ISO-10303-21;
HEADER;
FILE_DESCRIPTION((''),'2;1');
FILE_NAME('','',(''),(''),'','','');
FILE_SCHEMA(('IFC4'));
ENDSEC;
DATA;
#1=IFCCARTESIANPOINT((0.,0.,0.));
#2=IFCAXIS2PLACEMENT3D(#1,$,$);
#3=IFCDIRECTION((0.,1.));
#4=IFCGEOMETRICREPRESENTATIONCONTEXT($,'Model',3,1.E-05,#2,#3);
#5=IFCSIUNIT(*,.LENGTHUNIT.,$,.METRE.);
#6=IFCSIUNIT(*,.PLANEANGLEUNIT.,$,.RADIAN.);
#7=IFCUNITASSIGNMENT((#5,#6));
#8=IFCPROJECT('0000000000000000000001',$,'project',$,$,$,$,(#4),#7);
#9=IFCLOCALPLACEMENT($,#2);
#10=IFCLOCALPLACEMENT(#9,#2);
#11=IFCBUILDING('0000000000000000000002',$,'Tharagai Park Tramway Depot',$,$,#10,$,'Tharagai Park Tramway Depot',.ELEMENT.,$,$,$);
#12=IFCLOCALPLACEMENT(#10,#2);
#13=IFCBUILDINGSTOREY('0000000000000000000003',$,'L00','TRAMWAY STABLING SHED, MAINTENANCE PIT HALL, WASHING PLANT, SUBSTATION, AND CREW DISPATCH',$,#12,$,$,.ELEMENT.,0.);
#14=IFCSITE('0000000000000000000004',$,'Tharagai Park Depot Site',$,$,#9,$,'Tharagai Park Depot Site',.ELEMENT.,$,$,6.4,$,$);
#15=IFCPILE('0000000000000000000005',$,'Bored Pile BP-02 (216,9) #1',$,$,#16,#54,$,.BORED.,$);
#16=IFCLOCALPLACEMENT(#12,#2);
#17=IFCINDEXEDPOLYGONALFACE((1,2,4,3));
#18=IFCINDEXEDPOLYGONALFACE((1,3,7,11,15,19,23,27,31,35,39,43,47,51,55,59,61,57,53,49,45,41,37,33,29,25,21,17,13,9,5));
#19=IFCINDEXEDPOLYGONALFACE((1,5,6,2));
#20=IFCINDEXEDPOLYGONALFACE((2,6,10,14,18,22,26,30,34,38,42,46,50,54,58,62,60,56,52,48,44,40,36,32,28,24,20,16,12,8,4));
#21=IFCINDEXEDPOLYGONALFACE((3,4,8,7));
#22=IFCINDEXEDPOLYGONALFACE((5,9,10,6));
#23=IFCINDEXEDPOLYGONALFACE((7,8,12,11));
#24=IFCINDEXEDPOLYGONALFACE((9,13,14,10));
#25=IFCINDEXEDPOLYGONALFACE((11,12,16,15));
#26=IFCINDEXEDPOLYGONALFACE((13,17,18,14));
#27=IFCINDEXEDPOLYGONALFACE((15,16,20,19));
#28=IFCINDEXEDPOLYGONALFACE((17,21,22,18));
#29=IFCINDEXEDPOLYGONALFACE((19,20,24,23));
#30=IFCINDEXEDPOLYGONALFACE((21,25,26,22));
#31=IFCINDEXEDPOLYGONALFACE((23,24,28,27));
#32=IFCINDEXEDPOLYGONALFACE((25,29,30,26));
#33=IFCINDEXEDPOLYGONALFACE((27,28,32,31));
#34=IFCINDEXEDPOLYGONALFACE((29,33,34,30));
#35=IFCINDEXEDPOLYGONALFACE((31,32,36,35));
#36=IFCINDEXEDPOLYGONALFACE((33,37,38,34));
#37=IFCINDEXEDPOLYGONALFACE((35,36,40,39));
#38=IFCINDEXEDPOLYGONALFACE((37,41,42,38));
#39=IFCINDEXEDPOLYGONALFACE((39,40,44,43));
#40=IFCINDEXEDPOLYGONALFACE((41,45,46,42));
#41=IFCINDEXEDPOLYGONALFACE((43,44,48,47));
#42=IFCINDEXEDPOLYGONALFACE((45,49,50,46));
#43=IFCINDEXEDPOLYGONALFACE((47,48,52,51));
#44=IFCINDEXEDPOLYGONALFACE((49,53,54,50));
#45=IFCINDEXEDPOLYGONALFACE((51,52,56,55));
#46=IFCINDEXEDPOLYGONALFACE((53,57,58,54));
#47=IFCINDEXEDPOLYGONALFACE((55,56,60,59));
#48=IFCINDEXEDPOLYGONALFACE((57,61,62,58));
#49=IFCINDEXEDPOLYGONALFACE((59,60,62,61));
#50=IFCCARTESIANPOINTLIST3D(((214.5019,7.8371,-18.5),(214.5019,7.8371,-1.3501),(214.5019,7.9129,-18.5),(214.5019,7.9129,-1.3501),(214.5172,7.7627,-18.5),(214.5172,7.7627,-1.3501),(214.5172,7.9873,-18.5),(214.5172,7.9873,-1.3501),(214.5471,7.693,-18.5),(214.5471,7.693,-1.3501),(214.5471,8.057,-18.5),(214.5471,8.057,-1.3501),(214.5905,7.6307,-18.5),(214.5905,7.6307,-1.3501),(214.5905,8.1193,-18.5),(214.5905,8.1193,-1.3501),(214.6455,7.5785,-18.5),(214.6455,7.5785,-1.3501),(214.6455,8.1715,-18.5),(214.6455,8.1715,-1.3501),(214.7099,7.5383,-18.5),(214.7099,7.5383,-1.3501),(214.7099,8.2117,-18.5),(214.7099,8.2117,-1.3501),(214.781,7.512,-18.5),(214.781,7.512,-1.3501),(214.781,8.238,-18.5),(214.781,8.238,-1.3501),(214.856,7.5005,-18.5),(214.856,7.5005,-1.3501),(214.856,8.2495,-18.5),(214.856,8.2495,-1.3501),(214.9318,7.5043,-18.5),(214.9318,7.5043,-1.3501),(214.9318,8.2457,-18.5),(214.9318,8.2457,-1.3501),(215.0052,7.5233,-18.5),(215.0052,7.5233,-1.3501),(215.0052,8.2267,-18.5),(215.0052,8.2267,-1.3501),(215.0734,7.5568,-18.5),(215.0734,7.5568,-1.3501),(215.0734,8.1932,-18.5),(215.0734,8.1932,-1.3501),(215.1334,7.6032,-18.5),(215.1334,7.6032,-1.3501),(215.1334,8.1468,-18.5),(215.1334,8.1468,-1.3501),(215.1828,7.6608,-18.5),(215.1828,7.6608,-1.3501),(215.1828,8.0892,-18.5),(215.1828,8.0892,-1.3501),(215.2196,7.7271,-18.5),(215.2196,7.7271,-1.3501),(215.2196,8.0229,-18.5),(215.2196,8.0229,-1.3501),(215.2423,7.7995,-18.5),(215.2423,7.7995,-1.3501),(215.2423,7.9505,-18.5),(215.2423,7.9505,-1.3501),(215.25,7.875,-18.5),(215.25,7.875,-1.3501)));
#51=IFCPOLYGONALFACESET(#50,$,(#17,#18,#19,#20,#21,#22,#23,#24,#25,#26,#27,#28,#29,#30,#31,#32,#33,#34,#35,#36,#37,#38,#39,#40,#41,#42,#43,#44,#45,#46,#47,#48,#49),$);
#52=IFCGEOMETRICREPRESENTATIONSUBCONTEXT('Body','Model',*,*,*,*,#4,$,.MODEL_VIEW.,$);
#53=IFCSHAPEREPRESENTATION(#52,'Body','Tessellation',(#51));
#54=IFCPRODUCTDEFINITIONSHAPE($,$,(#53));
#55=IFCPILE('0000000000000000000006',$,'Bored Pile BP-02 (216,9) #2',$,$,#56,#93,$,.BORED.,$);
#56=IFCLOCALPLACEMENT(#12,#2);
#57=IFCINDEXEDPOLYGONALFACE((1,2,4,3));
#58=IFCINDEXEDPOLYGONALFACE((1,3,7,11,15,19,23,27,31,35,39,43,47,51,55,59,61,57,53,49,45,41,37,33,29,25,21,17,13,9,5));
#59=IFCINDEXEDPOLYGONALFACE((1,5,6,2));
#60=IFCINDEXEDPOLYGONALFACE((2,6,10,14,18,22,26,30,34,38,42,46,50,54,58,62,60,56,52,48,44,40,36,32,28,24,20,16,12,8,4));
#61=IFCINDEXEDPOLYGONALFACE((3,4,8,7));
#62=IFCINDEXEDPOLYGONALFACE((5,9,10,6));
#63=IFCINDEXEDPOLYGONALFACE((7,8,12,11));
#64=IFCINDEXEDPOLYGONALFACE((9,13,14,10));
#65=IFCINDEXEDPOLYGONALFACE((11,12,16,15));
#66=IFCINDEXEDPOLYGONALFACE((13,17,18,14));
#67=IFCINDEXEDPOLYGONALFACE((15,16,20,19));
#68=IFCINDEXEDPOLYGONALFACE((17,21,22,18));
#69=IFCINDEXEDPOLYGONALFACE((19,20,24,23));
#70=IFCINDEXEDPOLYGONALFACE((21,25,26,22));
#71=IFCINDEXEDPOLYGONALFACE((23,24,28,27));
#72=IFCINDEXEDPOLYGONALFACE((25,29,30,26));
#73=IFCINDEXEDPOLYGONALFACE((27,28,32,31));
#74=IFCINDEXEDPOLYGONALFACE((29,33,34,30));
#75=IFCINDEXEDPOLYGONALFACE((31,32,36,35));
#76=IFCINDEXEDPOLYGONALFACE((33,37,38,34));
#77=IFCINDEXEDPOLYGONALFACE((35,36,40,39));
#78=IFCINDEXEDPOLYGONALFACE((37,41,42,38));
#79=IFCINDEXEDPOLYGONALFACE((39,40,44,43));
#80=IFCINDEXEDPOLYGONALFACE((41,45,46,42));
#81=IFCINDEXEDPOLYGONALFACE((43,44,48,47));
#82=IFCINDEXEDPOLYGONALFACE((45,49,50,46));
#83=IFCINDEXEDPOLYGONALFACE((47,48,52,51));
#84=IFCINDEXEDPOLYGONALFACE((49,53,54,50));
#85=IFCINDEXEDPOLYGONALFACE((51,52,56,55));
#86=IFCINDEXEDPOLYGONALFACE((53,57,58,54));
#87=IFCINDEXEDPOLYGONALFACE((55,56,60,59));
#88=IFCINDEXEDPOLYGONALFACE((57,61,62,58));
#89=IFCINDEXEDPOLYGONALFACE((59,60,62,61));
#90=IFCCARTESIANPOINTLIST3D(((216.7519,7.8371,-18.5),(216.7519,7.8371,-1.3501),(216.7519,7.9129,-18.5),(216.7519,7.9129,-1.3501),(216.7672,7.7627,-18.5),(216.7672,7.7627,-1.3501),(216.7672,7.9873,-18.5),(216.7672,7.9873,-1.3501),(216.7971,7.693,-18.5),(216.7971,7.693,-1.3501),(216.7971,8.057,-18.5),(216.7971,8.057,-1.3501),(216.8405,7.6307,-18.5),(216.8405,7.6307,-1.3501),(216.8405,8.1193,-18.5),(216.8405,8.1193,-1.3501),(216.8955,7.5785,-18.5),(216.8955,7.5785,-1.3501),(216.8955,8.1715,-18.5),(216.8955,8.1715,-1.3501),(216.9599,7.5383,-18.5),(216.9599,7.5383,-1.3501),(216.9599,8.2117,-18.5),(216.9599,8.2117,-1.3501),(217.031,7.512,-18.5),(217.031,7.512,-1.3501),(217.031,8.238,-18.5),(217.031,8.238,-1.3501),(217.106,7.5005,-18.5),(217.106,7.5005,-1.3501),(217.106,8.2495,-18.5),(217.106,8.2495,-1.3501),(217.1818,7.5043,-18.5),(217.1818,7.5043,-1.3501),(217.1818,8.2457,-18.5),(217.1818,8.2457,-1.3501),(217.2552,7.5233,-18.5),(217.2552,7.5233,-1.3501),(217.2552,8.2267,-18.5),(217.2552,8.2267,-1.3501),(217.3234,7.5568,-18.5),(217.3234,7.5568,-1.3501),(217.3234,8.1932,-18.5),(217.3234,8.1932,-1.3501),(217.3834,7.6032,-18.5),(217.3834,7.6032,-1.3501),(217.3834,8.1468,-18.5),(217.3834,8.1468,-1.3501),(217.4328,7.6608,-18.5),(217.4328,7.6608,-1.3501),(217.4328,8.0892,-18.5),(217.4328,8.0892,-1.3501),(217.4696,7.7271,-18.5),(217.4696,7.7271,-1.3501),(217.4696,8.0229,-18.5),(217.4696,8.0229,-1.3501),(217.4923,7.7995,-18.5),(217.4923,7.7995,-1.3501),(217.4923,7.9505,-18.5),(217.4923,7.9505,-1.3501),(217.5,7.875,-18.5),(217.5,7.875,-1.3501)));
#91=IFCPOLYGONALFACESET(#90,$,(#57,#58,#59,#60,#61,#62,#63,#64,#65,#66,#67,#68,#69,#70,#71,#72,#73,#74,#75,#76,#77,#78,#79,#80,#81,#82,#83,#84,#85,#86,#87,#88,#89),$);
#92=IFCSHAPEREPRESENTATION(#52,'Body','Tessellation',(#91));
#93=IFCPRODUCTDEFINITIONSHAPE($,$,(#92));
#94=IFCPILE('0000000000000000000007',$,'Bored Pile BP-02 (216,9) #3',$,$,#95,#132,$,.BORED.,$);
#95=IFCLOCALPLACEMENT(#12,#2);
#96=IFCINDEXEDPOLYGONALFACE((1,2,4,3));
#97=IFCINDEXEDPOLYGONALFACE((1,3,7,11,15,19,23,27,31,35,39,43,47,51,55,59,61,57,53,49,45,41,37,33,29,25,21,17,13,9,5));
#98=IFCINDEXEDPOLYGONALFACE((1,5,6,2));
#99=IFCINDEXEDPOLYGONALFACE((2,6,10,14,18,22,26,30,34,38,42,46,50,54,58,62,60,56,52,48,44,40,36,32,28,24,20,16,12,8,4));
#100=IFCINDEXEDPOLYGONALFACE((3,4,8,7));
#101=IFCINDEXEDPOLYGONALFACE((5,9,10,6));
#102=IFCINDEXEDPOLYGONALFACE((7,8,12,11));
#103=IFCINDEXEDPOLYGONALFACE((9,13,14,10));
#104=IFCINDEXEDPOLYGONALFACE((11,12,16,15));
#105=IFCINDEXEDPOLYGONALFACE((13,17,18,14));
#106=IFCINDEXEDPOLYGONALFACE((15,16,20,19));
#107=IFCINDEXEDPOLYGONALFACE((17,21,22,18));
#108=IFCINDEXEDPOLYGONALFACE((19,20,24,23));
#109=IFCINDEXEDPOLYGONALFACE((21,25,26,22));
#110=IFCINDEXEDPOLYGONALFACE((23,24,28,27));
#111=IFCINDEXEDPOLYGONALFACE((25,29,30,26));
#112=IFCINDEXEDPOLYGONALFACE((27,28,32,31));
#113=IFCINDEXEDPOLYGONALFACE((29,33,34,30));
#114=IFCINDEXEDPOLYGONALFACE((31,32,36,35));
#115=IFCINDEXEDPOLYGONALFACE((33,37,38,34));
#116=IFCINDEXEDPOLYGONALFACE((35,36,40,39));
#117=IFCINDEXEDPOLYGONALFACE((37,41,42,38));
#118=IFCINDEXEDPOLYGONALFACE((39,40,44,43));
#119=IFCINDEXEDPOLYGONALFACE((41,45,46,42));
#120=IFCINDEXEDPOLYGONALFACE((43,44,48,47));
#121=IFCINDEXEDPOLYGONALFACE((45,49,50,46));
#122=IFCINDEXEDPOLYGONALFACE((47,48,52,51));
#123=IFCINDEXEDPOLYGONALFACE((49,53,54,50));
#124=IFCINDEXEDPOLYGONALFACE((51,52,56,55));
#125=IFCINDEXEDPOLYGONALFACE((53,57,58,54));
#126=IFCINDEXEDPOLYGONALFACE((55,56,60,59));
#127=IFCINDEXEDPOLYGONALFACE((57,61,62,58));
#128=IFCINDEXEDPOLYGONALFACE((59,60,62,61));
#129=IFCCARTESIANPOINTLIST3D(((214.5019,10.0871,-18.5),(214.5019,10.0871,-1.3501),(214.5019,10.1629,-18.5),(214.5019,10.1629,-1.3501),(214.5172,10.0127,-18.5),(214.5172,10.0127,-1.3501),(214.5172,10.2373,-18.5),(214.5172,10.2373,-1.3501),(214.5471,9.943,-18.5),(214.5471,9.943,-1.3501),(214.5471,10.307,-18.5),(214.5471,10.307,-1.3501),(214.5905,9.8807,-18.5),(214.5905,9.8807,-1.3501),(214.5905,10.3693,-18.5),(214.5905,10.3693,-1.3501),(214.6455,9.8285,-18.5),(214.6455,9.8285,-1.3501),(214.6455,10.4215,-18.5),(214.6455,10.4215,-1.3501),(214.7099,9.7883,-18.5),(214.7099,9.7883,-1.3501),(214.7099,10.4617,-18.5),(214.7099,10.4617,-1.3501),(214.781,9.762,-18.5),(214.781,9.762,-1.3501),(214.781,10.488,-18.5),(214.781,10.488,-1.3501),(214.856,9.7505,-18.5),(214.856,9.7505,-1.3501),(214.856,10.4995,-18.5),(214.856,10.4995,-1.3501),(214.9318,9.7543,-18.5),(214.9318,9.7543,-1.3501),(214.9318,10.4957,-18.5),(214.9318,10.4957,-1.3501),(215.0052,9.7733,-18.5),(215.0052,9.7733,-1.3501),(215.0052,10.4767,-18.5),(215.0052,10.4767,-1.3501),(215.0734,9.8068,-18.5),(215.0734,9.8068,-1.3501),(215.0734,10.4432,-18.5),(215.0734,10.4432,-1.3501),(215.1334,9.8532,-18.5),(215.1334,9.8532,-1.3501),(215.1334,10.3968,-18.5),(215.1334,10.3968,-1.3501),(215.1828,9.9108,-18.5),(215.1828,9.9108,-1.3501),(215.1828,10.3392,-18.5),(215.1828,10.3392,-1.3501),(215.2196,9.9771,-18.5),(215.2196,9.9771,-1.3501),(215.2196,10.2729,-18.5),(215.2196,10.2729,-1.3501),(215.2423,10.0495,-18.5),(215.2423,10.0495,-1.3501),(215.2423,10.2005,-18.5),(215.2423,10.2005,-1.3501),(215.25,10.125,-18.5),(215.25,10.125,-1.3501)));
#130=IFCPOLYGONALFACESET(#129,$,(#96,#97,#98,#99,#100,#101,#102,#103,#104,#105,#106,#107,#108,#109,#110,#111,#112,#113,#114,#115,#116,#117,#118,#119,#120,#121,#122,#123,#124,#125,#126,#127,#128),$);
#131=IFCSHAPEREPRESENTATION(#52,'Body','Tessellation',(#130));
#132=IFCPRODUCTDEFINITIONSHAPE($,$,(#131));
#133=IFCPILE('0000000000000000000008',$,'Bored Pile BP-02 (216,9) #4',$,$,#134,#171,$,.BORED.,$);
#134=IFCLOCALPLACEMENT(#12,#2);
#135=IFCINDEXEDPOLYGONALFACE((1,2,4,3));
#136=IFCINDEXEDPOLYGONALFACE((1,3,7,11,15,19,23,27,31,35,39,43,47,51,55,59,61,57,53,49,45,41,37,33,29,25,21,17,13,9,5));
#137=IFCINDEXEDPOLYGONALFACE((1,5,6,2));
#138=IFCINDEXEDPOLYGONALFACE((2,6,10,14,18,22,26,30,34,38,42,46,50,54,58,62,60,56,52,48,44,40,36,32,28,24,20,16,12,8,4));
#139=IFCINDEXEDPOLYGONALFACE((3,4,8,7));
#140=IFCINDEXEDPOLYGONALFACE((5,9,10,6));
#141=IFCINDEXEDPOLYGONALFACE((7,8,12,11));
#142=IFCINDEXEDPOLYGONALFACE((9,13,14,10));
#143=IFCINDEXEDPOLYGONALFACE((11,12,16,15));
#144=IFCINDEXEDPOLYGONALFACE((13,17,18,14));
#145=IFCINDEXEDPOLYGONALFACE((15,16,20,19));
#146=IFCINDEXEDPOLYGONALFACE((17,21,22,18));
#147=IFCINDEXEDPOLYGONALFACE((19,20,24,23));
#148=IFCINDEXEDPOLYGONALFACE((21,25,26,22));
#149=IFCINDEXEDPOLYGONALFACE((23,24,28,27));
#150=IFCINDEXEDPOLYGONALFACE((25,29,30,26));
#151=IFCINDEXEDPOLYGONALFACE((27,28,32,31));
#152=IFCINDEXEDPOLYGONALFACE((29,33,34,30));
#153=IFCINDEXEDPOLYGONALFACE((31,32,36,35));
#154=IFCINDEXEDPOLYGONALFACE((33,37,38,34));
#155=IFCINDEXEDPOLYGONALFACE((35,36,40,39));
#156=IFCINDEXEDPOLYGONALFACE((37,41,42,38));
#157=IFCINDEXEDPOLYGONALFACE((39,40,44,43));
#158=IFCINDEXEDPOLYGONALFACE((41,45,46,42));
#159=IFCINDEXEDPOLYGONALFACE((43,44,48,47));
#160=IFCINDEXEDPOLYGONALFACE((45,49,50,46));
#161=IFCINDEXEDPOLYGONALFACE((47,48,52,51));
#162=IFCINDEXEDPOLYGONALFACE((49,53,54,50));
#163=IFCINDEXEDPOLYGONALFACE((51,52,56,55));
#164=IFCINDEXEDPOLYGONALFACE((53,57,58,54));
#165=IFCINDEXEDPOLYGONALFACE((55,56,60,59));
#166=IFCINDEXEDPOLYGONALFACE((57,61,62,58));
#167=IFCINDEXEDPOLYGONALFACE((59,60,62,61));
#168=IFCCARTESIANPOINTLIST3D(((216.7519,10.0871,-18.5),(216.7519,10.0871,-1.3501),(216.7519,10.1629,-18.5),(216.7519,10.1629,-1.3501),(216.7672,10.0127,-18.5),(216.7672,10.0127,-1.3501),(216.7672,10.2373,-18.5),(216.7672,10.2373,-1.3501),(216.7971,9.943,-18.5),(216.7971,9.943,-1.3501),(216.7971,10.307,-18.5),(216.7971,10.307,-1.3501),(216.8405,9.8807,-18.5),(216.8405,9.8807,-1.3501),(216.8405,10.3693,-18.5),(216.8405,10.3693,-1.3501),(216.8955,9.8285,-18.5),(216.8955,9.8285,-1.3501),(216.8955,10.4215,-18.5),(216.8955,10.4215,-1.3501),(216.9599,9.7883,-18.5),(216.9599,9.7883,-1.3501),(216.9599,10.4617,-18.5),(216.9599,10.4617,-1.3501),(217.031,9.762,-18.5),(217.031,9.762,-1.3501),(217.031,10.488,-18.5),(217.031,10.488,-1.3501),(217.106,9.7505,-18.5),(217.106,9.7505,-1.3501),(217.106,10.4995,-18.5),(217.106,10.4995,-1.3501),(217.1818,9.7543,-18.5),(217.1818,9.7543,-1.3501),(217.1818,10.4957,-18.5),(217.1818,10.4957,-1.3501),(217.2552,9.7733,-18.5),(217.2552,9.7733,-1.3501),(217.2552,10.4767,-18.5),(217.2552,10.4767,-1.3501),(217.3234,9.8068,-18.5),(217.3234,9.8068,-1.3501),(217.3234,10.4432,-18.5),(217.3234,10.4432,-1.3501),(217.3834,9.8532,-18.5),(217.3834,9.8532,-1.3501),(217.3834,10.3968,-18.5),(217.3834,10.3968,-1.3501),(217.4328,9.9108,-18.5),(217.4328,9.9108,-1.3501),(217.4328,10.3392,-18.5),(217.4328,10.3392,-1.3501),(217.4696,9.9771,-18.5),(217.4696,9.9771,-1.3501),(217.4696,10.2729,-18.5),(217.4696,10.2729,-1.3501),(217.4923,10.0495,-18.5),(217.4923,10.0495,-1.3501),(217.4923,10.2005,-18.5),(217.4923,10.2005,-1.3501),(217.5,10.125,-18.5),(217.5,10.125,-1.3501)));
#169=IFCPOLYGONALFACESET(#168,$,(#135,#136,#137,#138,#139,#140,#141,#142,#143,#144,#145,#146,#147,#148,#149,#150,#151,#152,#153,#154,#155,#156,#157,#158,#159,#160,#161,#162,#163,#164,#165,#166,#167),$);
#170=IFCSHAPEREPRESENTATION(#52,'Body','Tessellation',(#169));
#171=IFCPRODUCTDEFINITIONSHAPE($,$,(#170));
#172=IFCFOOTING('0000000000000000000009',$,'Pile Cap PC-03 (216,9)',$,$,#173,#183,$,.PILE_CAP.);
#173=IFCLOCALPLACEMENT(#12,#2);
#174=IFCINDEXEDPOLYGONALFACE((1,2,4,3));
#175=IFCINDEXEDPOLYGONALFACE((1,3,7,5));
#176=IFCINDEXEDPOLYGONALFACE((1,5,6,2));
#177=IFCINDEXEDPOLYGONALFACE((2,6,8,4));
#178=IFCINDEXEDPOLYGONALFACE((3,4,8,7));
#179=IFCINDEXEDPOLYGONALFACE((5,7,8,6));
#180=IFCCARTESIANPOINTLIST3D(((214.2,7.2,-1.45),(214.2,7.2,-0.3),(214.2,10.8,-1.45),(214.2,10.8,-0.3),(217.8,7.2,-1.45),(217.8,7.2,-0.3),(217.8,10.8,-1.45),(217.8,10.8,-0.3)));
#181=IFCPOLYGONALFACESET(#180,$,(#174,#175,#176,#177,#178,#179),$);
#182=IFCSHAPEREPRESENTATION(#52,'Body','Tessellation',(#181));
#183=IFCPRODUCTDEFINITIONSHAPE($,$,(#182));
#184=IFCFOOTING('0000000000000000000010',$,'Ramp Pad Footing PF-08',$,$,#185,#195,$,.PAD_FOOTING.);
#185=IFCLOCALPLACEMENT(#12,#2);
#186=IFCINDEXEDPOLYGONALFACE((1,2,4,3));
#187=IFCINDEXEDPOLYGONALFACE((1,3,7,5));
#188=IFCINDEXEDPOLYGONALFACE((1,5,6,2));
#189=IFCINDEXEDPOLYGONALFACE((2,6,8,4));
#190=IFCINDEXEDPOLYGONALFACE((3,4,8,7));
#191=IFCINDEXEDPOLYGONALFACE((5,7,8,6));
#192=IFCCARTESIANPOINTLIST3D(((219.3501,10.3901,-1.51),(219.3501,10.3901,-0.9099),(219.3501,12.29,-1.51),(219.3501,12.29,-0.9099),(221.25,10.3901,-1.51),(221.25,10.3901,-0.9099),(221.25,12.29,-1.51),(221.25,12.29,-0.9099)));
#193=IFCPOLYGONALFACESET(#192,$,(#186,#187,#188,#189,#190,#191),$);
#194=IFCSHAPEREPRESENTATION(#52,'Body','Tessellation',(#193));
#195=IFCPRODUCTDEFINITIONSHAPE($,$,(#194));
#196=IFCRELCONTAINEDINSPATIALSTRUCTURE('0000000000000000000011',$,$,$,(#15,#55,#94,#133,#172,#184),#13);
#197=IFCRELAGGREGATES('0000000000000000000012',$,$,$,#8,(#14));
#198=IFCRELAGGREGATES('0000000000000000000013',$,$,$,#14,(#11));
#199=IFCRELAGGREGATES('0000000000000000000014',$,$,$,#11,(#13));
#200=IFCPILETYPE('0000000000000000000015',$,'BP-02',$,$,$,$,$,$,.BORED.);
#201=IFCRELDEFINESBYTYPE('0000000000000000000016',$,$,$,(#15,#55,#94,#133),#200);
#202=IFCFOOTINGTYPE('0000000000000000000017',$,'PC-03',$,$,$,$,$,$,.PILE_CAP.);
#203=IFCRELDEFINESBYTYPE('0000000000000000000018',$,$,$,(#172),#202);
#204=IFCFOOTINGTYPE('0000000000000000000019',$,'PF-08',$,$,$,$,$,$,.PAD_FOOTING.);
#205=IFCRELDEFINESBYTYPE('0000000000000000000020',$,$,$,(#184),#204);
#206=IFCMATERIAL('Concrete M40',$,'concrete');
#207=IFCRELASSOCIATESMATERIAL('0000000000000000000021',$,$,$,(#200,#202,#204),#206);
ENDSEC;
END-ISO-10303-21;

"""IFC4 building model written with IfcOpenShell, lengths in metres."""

from ifc_helpers import new_model, si_unit, direction, frame, origin, origin_2d, place, context, subcontext, project, spatial, rectangle, circle, extrude, material, material_profile, profile_set, type_object, element, save


model = new_model("IFC4")

# Units and contexts
model_context = context("Model", 3, precision=1e-05, world=origin(), true_north=direction((0.0, 1.0)))
body_context = subcontext(model_context, "Body", "Model", "MODEL_VIEW")
ifc_project = project(units=[si_unit("LENGTHUNIT", "METRE"), si_unit("PLANEANGLEUNIT", "RADIAN")], contexts=[model_context])

# Site, building, storey
site_placement = place(None, origin())
site = spatial("IfcSite", under=ifc_project, at=site_placement, Name="Tharagai Park Depot Site", LongName="Tharagai Park Depot Site", CompositionType="ELEMENT", RefElevation=6.4)
building_placement = place(site_placement, origin())
building = spatial("IfcBuilding", under=site, at=building_placement, Name="Tharagai Park Tramway Depot", LongName="Tharagai Park Tramway Depot", CompositionType="ELEMENT")
storey_placement = place(building_placement, origin())
storey = spatial("IfcBuildingStorey", under=building, at=storey_placement, Name="L00", Description="TRAMWAY STABLING SHED, MAINTENANCE PIT HALL, WASHING PLANT, SUBSTATION, AND CREW DISPATCH", CompositionType="ELEMENT", Elevation=0.0)

# Piles
ifc_material_1 = material(Name="Concrete M40", Category="concrete")
ifc_material_profile_1 = material_profile(ifc_material_1, circle(Radius=0.375, at=origin_2d()), Name="PILE D750")
ifc_profile_set_1 = profile_set([ifc_material_profile_1], Name="Concrete M40")
pile_type = type_object("IfcPileType", Name="BP-02", PredefinedType="BORED", material=ifc_profile_set_1)
for number, where, z_axis, x_axis, name in (
    (1, (214.875, 7.875, -1.3501), (0.0, 0.0, -1.0), (1.0, 0.0, 0.0), "Bored Pile BP-02 (216,9) #1"),
    (2, (217.125, 7.875, -1.3501), (0.0, 0.0, -1.0), (1.0, 0.0, 0.0), "Bored Pile BP-02 (216,9) #2"),
    (3, (214.875, 10.125, -1.3501), (0.0, 0.0, -1.0), (1.0, 0.0, 0.0), "Bored Pile BP-02 (216,9) #3"),
    (4, (217.125, 10.125, -1.3501), (0.0, 0.0, -1.0), (1.0, 0.0, 0.0), "Bored Pile BP-02 (216,9) #4"),
):
    element("IfcPile", number, at=place(storey_placement, frame(where, z_axis=z_axis, x_axis=x_axis)), inside=storey, type_object=pile_type, Name=name, PredefinedType="BORED", context=body_context, shape_type="SweptSolid", body=[
        extrude(circle(Radius=0.375, at=origin_2d()), origin(), (0.0, 0.0, 1.0), 17.1499),
    ])

# Footings
footing_type_1 = type_object("IfcFootingType", Name="PC-03", PredefinedType="PILE_CAP", material=ifc_material_1)
footing_1_placement = place(storey_placement, frame((216.0, 9.0, -1.45), z_axis=(0.0, 0.0, 1.0), x_axis=(1.0, 0.0, 0.0)))
element("IfcFooting", 5, at=footing_1_placement, inside=storey, type_object=footing_type_1, Name="Pile Cap PC-03 (216,9)", PredefinedType="PILE_CAP", context=body_context, shape_type="SweptSolid", body=[
    extrude(rectangle(XDim=3.6001, YDim=3.6001, at=origin_2d()), origin(), (0.0, 0.0, 1.0), 1.1499),
])
footing_type_2 = type_object("IfcFootingType", Name="PF-08", PredefinedType="PAD_FOOTING", material=ifc_material_1)
footing_2_placement = place(storey_placement, frame((220.3, 11.3401, -1.51), z_axis=(0.0, 0.0, 1.0), x_axis=(1.0, 0.0, 0.0)))
element("IfcFooting", 6, at=footing_2_placement, inside=storey, type_object=footing_type_2, Name="Ramp Pad Footing PF-08", PredefinedType="PAD_FOOTING", context=body_context, shape_type="SweptSolid", body=[
    extrude(rectangle(XDim=1.8999, YDim=1.8999, at=origin_2d()), origin(), (0.0, 0.0, 1.0), 0.6001),
])

save(model, "model.ifc")
